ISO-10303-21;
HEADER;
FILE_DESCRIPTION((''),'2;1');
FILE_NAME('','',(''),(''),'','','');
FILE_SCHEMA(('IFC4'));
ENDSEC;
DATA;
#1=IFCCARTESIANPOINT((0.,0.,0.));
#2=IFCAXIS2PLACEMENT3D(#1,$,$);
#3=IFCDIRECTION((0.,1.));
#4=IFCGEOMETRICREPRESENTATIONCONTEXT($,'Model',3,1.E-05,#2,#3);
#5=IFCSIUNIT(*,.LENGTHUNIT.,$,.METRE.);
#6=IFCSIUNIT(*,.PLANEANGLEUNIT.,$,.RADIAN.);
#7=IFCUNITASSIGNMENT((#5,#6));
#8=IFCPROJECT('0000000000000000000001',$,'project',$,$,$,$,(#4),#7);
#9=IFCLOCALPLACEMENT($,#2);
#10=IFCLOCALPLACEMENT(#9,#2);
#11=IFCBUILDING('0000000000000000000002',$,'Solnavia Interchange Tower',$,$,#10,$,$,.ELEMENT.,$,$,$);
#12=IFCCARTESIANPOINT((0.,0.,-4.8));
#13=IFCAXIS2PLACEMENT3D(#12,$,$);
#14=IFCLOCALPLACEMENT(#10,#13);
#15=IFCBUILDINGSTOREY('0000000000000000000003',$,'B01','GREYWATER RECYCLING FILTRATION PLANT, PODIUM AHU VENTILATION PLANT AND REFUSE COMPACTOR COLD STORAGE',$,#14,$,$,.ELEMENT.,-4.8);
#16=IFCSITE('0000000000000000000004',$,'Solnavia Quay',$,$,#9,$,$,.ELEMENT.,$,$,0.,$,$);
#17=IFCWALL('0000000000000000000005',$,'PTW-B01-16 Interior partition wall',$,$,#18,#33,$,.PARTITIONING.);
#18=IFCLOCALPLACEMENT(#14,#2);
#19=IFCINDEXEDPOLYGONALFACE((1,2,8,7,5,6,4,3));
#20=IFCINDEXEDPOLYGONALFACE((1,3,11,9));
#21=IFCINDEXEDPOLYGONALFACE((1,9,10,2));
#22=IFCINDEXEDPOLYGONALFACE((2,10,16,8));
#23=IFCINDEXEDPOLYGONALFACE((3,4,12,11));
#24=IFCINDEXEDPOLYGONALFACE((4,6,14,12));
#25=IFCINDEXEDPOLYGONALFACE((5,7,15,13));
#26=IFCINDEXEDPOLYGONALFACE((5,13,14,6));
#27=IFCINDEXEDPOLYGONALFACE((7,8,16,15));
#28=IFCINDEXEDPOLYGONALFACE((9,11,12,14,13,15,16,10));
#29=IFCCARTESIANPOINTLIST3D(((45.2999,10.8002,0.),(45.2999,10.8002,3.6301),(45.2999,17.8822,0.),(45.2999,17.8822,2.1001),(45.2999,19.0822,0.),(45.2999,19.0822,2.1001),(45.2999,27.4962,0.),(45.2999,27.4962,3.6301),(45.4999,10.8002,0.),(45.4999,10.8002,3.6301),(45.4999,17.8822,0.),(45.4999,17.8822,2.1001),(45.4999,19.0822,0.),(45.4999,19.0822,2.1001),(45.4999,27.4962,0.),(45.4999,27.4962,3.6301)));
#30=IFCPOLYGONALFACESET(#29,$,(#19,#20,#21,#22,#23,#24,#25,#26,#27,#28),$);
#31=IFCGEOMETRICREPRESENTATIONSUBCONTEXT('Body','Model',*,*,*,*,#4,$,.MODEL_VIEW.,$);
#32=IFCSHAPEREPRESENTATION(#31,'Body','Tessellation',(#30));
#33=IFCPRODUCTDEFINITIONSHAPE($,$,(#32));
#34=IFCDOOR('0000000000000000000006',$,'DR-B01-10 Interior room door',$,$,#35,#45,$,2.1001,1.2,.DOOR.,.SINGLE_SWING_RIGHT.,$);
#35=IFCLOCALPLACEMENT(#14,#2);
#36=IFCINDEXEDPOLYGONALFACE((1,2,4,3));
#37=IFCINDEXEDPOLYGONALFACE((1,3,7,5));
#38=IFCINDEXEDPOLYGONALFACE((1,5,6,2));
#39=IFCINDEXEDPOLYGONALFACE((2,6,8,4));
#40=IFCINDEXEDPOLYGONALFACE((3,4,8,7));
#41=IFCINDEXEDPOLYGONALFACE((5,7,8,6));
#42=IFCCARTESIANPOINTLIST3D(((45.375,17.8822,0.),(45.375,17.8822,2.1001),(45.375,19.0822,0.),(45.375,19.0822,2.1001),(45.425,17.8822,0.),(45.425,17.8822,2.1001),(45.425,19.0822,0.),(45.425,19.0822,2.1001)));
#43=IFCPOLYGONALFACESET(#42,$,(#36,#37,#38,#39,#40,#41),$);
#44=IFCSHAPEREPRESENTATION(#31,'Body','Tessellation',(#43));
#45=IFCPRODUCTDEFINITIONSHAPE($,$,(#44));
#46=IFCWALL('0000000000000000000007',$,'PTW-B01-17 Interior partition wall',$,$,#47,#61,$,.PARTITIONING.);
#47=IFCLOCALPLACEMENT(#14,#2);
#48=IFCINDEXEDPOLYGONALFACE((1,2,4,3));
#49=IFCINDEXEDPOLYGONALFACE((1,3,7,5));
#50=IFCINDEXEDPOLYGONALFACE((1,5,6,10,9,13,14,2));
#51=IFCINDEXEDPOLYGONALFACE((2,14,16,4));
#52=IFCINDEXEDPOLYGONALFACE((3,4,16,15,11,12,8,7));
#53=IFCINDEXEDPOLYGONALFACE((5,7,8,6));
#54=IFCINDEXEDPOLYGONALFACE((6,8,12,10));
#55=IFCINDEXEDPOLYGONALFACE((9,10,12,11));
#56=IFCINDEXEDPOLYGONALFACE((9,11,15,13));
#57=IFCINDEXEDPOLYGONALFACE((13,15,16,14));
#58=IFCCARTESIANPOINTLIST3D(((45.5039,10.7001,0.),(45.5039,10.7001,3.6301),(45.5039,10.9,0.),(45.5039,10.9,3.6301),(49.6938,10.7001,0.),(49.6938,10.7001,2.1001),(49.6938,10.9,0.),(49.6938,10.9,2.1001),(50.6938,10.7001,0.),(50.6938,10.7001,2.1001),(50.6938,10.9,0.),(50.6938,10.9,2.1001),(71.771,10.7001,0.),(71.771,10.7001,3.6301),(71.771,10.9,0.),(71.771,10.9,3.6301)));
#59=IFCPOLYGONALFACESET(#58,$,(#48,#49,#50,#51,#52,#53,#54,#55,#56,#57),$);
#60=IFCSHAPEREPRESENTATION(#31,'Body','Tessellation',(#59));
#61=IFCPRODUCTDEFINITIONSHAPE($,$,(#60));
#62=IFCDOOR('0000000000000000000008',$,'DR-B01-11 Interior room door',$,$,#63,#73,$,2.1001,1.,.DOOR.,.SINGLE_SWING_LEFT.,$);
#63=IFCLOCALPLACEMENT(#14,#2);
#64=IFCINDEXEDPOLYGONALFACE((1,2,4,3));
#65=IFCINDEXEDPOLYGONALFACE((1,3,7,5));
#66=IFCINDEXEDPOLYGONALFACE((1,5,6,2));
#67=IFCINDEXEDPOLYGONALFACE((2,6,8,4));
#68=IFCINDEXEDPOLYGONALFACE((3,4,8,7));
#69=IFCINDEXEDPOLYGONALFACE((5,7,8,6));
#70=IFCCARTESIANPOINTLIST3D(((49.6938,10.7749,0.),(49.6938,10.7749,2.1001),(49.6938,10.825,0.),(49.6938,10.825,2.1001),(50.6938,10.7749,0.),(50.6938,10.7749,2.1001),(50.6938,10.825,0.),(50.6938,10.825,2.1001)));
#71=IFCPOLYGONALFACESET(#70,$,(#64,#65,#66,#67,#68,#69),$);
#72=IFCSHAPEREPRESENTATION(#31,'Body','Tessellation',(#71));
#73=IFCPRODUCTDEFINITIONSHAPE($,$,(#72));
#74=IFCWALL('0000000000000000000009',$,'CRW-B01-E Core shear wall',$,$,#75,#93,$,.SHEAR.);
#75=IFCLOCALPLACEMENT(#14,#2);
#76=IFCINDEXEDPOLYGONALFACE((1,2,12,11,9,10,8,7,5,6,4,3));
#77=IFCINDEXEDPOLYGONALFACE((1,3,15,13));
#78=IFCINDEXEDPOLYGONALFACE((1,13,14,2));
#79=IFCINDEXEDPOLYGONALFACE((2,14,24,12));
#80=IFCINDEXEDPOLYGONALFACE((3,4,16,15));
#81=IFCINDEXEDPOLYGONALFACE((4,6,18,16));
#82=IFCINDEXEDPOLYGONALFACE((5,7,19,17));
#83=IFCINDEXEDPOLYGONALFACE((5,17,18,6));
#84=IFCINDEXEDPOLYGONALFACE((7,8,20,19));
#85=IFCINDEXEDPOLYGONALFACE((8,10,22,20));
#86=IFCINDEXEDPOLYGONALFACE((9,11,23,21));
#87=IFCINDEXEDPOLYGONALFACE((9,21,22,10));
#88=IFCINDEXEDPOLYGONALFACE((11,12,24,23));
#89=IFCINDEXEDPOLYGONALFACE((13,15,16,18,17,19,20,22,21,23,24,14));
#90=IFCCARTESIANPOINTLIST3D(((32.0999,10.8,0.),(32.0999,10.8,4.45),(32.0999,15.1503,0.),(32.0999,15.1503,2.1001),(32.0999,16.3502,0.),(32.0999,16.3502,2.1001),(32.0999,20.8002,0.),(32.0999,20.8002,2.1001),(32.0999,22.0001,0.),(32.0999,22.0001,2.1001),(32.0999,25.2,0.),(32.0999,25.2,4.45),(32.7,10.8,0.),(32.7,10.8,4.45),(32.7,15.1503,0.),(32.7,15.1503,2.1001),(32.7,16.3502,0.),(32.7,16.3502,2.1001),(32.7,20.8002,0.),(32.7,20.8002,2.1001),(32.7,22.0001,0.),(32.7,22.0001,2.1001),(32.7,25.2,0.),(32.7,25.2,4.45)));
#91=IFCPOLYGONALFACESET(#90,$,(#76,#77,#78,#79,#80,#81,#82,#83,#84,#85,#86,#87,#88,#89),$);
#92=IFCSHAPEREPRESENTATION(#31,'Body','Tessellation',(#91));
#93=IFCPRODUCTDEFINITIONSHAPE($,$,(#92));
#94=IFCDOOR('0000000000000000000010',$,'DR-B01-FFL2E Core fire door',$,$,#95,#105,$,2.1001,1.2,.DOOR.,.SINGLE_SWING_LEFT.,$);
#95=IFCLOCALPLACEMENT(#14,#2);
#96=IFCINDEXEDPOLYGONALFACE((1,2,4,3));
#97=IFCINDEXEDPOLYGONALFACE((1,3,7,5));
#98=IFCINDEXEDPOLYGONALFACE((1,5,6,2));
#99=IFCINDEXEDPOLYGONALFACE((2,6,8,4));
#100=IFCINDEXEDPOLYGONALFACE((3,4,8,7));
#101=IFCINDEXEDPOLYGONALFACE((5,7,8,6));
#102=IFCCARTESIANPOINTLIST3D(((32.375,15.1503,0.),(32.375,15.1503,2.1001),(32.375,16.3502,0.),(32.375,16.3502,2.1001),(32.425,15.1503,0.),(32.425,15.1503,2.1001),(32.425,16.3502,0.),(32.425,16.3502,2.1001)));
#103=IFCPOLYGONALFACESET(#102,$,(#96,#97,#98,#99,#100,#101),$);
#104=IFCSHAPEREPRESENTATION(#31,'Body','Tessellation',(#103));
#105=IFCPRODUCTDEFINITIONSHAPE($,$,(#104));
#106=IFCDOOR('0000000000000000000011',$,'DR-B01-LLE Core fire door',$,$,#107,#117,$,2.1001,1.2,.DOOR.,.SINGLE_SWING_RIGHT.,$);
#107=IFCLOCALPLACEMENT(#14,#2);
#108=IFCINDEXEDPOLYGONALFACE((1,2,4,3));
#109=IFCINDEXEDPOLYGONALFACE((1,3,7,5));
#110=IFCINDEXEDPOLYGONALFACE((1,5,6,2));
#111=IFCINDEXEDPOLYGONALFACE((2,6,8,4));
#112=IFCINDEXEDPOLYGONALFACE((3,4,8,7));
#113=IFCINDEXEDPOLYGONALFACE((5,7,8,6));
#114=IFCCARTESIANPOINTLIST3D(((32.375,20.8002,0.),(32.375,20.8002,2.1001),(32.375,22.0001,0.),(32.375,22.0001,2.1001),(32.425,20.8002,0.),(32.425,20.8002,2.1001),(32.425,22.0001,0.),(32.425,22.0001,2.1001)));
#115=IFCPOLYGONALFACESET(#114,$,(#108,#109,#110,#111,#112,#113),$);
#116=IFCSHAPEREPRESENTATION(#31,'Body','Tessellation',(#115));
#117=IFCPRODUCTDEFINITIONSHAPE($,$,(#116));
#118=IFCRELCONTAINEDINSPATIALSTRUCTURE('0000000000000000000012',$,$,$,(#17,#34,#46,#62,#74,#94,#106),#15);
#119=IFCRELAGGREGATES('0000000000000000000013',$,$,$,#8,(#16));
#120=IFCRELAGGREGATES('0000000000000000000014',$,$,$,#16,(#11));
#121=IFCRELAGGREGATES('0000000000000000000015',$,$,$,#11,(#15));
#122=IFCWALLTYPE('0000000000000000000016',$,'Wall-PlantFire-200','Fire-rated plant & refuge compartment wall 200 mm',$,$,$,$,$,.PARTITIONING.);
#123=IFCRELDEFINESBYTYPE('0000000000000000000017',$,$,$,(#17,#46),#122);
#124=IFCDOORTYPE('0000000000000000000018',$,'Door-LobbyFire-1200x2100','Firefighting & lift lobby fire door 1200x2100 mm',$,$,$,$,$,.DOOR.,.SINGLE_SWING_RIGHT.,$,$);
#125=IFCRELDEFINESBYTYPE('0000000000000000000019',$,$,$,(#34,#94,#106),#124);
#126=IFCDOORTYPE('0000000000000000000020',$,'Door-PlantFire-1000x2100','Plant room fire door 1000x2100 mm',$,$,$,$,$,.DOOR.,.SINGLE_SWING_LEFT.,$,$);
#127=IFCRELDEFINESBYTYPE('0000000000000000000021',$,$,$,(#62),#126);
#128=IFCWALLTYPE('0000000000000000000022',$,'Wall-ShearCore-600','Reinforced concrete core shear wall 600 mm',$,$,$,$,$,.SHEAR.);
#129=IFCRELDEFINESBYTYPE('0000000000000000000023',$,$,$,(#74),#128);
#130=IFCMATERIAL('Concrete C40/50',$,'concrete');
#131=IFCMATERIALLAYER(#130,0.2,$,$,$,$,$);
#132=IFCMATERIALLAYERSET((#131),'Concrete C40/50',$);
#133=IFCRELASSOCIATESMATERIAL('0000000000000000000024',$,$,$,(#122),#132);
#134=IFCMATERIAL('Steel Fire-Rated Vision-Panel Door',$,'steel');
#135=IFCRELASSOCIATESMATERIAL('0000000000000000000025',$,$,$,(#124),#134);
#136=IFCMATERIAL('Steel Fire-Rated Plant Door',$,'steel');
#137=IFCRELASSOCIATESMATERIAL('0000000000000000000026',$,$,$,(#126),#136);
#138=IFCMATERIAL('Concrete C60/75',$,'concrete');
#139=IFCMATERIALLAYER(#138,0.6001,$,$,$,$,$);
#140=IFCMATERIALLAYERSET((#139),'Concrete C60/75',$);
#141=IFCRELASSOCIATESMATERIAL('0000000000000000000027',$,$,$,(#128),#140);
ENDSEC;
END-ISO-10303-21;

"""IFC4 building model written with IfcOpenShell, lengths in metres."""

from ifc_helpers import new_model, si_unit, direction, frame, frame_2d, origin, place, context, subcontext, project, spatial, rectangle, extrude, material, layer, layer_set, type_object, element, fill, save


model = new_model("IFC4")

# Units and contexts
model_context = context("Model", 3, precision=1e-05, world=origin(), true_north=direction((0.0, 1.0)))
body_context = subcontext(model_context, "Body", "Model", "MODEL_VIEW")
ifc_project = project(units=[si_unit("LENGTHUNIT", "METRE"), si_unit("PLANEANGLEUNIT", "RADIAN")], contexts=[model_context])

# Site, building, storey
site_placement = place(None, origin())
site = spatial("IfcSite", under=ifc_project, at=site_placement, Name="Solnavia Quay", CompositionType="ELEMENT", RefElevation=0.0)
building_placement = place(site_placement, origin())
building = spatial("IfcBuilding", under=site, at=building_placement, Name="Solnavia Interchange Tower", CompositionType="ELEMENT")
storey_placement = place(building_placement, frame((0.0, 0.0, -4.8)))
storey = spatial("IfcBuildingStorey", under=building, at=storey_placement, Name="B01", Description="GREYWATER RECYCLING FILTRATION PLANT, PODIUM AHU VENTILATION PLANT AND REFUSE COMPACTOR COLD STORAGE", CompositionType="ELEMENT", Elevation=-4.8)

# Shared definitions
ifc_material_1 = material(Name="Concrete C60/75", Category="concrete")

# Shared definitions
ifc_material_2 = material(Name="Concrete C40/50", Category="concrete")
ifc_layer_1 = layer(ifc_material_2, 0.2)
ifc_layer_set_1 = layer_set([ifc_layer_1], Name="Concrete C40/50")
wall_type_1 = type_object("IfcWallType", Name="Wall-PlantFire-200", Description="Fire-rated plant & refuge compartment wall 200 mm", PredefinedType="PARTITIONING", material=ifc_layer_set_1)

# Walls, openings, doors
wall_1_placement = place(storey_placement, frame((45.3999, 10.8, 0.0), z_axis=(0.0, 0.0, 1.0), x_axis=(0.0, 1.0, 0.0)))
wall_1 = element("IfcWall", 1, at=wall_1_placement, inside=storey, type_object=wall_type_1, Name="PTW-B01-16 Interior partition wall", PredefinedType="PARTITIONING", context=body_context, shape_type="SweptSolid", body=[
    extrude(rectangle(XDim=16.696, YDim=0.2, at=frame_2d((8.3481, 0.0))), origin(), (0.0, 0.0, 1.0), 3.6301),
])
opening_1_placement = place(wall_1_placement, frame((7.082, 0.0, 0.0)))
opening_1 = element("IfcOpeningElement", 2, at=opening_1_placement, cuts=wall_1, PredefinedType="OPENING", context=body_context, shape_type="SweptSolid", body=[
    extrude(rectangle(XDim=1.2, YDim=2.1001, at=frame_2d((0.6001, 1.05))), frame((0.0, 0.1099, 0.0), z_axis=(0.0, -1.0, 0.0), x_axis=(1.0, 0.0, 0.0)), (0.0, 0.0, 1.0), 0.22),
])
ifc_material_3 = material(Name="Steel Fire-Rated Vision-Panel Door", Category="steel")
door_type_1 = type_object("IfcDoorType", Name="Door-LobbyFire-1200x2100", Description="Firefighting & lift lobby fire door 1200x2100 mm", OperationType="SINGLE_SWING_RIGHT", PredefinedType="DOOR", material=ifc_material_3)
door_1_placement = place(opening_1_placement, origin())
door_1 = element("IfcDoor", 3, at=door_1_placement, inside=storey, type_object=door_type_1, Name="DR-B01-10 Interior room door", OperationType="SINGLE_SWING_RIGHT", OverallHeight=2.1001, OverallWidth=1.2, PredefinedType="DOOR", context=body_context, shape_type="SweptSolid", body=[
    extrude(rectangle(XDim=1.2, YDim=2.1001, at=frame_2d((0.6001, 1.05))), frame((0.0, 0.0249, 0.0), z_axis=(0.0, -1.0, 0.0), x_axis=(1.0, 0.0, 0.0)), (0.0, 0.0, 1.0), 0.05),
])
fill(opening_1, door_1)
wall_2_placement = place(storey_placement, frame((45.5039, 10.8, 0.0), z_axis=(0.0, 0.0, 1.0), x_axis=(1.0, 0.0, 0.0)))
wall_2 = element("IfcWall", 4, at=wall_2_placement, inside=storey, type_object=wall_type_1, Name="PTW-B01-17 Interior partition wall", PredefinedType="PARTITIONING", context=body_context, shape_type="SweptSolid", body=[
    extrude(rectangle(XDim=26.2671, YDim=0.2, at=frame_2d((13.1335, 0.0))), origin(), (0.0, 0.0, 1.0), 3.6301),
])
opening_2_placement = place(wall_2_placement, frame((4.1899, 0.0, 0.0)))
opening_2 = element("IfcOpeningElement", 5, at=opening_2_placement, cuts=wall_2, PredefinedType="OPENING", context=body_context, shape_type="SweptSolid", body=[
    extrude(rectangle(XDim=1.0, YDim=2.1001, at=frame_2d((0.5, 1.05))), frame((0.0, 0.1099, 0.0), z_axis=(0.0, -1.0, 0.0), x_axis=(1.0, 0.0, 0.0)), (0.0, 0.0, 1.0), 0.22),
])
ifc_material_4 = material(Name="Steel Fire-Rated Plant Door", Category="steel")
door_type_2 = type_object("IfcDoorType", Name="Door-PlantFire-1000x2100", Description="Plant room fire door 1000x2100 mm", OperationType="SINGLE_SWING_LEFT", PredefinedType="DOOR", material=ifc_material_4)
door_2_placement = place(opening_2_placement, origin())
door_2 = element("IfcDoor", 6, at=door_2_placement, inside=storey, type_object=door_type_2, Name="DR-B01-11 Interior room door", OperationType="SINGLE_SWING_LEFT", OverallHeight=2.1001, OverallWidth=1.0, PredefinedType="DOOR", context=body_context, shape_type="SweptSolid", body=[
    extrude(rectangle(XDim=1.0, YDim=2.1001, at=frame_2d((0.5, 1.05))), frame((0.0, 0.0249, 0.0), z_axis=(0.0, -1.0, 0.0), x_axis=(1.0, 0.0, 0.0)), (0.0, 0.0, 1.0), 0.05),
])
fill(opening_2, door_2)

# Wall, openings, doors
ifc_layer_2 = layer(ifc_material_1, 0.6001)
ifc_layer_set_2 = layer_set([ifc_layer_2], Name="Concrete C60/75")
wall_type_2 = type_object("IfcWallType", Name="Wall-ShearCore-600", Description="Reinforced concrete core shear wall 600 mm", PredefinedType="SHEAR", material=ifc_layer_set_2)
wall_3_placement = place(storey_placement, frame((32.3999, 10.8, 0.0), z_axis=(0.0, 0.0, 1.0), x_axis=(0.0, 1.0, 0.0)))
wall_3 = element("IfcWall", 7, at=wall_3_placement, inside=storey, type_object=wall_type_2, Name="CRW-B01-E Core shear wall", PredefinedType="SHEAR", context=body_context, shape_type="SweptSolid", body=[
    extrude(rectangle(XDim=14.3999, YDim=0.6001, at=frame_2d((7.2, 0.0))), origin(), (0.0, 0.0, 1.0), 4.45),
])
opening_3_placement = place(wall_3_placement, frame((4.3501, 0.0, 0.0)))
opening_3 = element("IfcOpeningElement", 8, at=opening_3_placement, cuts=wall_3, PredefinedType="OPENING", context=body_context, shape_type="SweptSolid", body=[
    extrude(rectangle(XDim=1.2, YDim=2.1001, at=frame_2d((0.6001, 1.05))), frame((0.0, 0.3101, 0.0), z_axis=(0.0, -1.0, 0.0), x_axis=(1.0, 0.0, 0.0)), (0.0, 0.0, 1.0), 0.6201),
])
opening_4_placement = place(wall_3_placement, frame((10.0, 0.0, 0.0)))
opening_4 = element("IfcOpeningElement", 9, at=opening_4_placement, cuts=wall_3, PredefinedType="OPENING", context=body_context, shape_type="SweptSolid", body=[
    extrude(rectangle(XDim=1.2, YDim=2.1001, at=frame_2d((0.6001, 1.05))), frame((0.0, 0.3101, 0.0), z_axis=(0.0, -1.0, 0.0), x_axis=(1.0, 0.0, 0.0)), (0.0, 0.0, 1.0), 0.6201),
])
door_3_placement = place(opening_3_placement, origin())
door_3 = element("IfcDoor", 10, at=door_3_placement, inside=storey, type_object=door_type_1, Name="DR-B01-FFL2E Core fire door", OperationType="SINGLE_SWING_LEFT", OverallHeight=2.1001, OverallWidth=1.2, PredefinedType="DOOR", context=body_context, shape_type="SweptSolid", body=[
    extrude(rectangle(XDim=1.2, YDim=2.1001, at=frame_2d((0.6001, 1.05))), frame((0.0, 0.0249, 0.0), z_axis=(0.0, -1.0, 0.0), x_axis=(1.0, 0.0, 0.0)), (0.0, 0.0, 1.0), 0.05),
])
fill(opening_3, door_3)
door_4_placement = place(opening_4_placement, origin())
door_4 = element("IfcDoor", 11, at=door_4_placement, inside=storey, type_object=door_type_1, Name="DR-B01-LLE Core fire door", OperationType="SINGLE_SWING_RIGHT", OverallHeight=2.1001, OverallWidth=1.2, PredefinedType="DOOR", context=body_context, shape_type="SweptSolid", body=[
    extrude(rectangle(XDim=1.2, YDim=2.1001, at=frame_2d((0.6001, 1.05))), frame((0.0, 0.0249, 0.0), z_axis=(0.0, -1.0, 0.0), x_axis=(1.0, 0.0, 0.0)), (0.0, 0.0, 1.0), 0.05),
])
fill(opening_4, door_4)

save(model, "model.ifc")
